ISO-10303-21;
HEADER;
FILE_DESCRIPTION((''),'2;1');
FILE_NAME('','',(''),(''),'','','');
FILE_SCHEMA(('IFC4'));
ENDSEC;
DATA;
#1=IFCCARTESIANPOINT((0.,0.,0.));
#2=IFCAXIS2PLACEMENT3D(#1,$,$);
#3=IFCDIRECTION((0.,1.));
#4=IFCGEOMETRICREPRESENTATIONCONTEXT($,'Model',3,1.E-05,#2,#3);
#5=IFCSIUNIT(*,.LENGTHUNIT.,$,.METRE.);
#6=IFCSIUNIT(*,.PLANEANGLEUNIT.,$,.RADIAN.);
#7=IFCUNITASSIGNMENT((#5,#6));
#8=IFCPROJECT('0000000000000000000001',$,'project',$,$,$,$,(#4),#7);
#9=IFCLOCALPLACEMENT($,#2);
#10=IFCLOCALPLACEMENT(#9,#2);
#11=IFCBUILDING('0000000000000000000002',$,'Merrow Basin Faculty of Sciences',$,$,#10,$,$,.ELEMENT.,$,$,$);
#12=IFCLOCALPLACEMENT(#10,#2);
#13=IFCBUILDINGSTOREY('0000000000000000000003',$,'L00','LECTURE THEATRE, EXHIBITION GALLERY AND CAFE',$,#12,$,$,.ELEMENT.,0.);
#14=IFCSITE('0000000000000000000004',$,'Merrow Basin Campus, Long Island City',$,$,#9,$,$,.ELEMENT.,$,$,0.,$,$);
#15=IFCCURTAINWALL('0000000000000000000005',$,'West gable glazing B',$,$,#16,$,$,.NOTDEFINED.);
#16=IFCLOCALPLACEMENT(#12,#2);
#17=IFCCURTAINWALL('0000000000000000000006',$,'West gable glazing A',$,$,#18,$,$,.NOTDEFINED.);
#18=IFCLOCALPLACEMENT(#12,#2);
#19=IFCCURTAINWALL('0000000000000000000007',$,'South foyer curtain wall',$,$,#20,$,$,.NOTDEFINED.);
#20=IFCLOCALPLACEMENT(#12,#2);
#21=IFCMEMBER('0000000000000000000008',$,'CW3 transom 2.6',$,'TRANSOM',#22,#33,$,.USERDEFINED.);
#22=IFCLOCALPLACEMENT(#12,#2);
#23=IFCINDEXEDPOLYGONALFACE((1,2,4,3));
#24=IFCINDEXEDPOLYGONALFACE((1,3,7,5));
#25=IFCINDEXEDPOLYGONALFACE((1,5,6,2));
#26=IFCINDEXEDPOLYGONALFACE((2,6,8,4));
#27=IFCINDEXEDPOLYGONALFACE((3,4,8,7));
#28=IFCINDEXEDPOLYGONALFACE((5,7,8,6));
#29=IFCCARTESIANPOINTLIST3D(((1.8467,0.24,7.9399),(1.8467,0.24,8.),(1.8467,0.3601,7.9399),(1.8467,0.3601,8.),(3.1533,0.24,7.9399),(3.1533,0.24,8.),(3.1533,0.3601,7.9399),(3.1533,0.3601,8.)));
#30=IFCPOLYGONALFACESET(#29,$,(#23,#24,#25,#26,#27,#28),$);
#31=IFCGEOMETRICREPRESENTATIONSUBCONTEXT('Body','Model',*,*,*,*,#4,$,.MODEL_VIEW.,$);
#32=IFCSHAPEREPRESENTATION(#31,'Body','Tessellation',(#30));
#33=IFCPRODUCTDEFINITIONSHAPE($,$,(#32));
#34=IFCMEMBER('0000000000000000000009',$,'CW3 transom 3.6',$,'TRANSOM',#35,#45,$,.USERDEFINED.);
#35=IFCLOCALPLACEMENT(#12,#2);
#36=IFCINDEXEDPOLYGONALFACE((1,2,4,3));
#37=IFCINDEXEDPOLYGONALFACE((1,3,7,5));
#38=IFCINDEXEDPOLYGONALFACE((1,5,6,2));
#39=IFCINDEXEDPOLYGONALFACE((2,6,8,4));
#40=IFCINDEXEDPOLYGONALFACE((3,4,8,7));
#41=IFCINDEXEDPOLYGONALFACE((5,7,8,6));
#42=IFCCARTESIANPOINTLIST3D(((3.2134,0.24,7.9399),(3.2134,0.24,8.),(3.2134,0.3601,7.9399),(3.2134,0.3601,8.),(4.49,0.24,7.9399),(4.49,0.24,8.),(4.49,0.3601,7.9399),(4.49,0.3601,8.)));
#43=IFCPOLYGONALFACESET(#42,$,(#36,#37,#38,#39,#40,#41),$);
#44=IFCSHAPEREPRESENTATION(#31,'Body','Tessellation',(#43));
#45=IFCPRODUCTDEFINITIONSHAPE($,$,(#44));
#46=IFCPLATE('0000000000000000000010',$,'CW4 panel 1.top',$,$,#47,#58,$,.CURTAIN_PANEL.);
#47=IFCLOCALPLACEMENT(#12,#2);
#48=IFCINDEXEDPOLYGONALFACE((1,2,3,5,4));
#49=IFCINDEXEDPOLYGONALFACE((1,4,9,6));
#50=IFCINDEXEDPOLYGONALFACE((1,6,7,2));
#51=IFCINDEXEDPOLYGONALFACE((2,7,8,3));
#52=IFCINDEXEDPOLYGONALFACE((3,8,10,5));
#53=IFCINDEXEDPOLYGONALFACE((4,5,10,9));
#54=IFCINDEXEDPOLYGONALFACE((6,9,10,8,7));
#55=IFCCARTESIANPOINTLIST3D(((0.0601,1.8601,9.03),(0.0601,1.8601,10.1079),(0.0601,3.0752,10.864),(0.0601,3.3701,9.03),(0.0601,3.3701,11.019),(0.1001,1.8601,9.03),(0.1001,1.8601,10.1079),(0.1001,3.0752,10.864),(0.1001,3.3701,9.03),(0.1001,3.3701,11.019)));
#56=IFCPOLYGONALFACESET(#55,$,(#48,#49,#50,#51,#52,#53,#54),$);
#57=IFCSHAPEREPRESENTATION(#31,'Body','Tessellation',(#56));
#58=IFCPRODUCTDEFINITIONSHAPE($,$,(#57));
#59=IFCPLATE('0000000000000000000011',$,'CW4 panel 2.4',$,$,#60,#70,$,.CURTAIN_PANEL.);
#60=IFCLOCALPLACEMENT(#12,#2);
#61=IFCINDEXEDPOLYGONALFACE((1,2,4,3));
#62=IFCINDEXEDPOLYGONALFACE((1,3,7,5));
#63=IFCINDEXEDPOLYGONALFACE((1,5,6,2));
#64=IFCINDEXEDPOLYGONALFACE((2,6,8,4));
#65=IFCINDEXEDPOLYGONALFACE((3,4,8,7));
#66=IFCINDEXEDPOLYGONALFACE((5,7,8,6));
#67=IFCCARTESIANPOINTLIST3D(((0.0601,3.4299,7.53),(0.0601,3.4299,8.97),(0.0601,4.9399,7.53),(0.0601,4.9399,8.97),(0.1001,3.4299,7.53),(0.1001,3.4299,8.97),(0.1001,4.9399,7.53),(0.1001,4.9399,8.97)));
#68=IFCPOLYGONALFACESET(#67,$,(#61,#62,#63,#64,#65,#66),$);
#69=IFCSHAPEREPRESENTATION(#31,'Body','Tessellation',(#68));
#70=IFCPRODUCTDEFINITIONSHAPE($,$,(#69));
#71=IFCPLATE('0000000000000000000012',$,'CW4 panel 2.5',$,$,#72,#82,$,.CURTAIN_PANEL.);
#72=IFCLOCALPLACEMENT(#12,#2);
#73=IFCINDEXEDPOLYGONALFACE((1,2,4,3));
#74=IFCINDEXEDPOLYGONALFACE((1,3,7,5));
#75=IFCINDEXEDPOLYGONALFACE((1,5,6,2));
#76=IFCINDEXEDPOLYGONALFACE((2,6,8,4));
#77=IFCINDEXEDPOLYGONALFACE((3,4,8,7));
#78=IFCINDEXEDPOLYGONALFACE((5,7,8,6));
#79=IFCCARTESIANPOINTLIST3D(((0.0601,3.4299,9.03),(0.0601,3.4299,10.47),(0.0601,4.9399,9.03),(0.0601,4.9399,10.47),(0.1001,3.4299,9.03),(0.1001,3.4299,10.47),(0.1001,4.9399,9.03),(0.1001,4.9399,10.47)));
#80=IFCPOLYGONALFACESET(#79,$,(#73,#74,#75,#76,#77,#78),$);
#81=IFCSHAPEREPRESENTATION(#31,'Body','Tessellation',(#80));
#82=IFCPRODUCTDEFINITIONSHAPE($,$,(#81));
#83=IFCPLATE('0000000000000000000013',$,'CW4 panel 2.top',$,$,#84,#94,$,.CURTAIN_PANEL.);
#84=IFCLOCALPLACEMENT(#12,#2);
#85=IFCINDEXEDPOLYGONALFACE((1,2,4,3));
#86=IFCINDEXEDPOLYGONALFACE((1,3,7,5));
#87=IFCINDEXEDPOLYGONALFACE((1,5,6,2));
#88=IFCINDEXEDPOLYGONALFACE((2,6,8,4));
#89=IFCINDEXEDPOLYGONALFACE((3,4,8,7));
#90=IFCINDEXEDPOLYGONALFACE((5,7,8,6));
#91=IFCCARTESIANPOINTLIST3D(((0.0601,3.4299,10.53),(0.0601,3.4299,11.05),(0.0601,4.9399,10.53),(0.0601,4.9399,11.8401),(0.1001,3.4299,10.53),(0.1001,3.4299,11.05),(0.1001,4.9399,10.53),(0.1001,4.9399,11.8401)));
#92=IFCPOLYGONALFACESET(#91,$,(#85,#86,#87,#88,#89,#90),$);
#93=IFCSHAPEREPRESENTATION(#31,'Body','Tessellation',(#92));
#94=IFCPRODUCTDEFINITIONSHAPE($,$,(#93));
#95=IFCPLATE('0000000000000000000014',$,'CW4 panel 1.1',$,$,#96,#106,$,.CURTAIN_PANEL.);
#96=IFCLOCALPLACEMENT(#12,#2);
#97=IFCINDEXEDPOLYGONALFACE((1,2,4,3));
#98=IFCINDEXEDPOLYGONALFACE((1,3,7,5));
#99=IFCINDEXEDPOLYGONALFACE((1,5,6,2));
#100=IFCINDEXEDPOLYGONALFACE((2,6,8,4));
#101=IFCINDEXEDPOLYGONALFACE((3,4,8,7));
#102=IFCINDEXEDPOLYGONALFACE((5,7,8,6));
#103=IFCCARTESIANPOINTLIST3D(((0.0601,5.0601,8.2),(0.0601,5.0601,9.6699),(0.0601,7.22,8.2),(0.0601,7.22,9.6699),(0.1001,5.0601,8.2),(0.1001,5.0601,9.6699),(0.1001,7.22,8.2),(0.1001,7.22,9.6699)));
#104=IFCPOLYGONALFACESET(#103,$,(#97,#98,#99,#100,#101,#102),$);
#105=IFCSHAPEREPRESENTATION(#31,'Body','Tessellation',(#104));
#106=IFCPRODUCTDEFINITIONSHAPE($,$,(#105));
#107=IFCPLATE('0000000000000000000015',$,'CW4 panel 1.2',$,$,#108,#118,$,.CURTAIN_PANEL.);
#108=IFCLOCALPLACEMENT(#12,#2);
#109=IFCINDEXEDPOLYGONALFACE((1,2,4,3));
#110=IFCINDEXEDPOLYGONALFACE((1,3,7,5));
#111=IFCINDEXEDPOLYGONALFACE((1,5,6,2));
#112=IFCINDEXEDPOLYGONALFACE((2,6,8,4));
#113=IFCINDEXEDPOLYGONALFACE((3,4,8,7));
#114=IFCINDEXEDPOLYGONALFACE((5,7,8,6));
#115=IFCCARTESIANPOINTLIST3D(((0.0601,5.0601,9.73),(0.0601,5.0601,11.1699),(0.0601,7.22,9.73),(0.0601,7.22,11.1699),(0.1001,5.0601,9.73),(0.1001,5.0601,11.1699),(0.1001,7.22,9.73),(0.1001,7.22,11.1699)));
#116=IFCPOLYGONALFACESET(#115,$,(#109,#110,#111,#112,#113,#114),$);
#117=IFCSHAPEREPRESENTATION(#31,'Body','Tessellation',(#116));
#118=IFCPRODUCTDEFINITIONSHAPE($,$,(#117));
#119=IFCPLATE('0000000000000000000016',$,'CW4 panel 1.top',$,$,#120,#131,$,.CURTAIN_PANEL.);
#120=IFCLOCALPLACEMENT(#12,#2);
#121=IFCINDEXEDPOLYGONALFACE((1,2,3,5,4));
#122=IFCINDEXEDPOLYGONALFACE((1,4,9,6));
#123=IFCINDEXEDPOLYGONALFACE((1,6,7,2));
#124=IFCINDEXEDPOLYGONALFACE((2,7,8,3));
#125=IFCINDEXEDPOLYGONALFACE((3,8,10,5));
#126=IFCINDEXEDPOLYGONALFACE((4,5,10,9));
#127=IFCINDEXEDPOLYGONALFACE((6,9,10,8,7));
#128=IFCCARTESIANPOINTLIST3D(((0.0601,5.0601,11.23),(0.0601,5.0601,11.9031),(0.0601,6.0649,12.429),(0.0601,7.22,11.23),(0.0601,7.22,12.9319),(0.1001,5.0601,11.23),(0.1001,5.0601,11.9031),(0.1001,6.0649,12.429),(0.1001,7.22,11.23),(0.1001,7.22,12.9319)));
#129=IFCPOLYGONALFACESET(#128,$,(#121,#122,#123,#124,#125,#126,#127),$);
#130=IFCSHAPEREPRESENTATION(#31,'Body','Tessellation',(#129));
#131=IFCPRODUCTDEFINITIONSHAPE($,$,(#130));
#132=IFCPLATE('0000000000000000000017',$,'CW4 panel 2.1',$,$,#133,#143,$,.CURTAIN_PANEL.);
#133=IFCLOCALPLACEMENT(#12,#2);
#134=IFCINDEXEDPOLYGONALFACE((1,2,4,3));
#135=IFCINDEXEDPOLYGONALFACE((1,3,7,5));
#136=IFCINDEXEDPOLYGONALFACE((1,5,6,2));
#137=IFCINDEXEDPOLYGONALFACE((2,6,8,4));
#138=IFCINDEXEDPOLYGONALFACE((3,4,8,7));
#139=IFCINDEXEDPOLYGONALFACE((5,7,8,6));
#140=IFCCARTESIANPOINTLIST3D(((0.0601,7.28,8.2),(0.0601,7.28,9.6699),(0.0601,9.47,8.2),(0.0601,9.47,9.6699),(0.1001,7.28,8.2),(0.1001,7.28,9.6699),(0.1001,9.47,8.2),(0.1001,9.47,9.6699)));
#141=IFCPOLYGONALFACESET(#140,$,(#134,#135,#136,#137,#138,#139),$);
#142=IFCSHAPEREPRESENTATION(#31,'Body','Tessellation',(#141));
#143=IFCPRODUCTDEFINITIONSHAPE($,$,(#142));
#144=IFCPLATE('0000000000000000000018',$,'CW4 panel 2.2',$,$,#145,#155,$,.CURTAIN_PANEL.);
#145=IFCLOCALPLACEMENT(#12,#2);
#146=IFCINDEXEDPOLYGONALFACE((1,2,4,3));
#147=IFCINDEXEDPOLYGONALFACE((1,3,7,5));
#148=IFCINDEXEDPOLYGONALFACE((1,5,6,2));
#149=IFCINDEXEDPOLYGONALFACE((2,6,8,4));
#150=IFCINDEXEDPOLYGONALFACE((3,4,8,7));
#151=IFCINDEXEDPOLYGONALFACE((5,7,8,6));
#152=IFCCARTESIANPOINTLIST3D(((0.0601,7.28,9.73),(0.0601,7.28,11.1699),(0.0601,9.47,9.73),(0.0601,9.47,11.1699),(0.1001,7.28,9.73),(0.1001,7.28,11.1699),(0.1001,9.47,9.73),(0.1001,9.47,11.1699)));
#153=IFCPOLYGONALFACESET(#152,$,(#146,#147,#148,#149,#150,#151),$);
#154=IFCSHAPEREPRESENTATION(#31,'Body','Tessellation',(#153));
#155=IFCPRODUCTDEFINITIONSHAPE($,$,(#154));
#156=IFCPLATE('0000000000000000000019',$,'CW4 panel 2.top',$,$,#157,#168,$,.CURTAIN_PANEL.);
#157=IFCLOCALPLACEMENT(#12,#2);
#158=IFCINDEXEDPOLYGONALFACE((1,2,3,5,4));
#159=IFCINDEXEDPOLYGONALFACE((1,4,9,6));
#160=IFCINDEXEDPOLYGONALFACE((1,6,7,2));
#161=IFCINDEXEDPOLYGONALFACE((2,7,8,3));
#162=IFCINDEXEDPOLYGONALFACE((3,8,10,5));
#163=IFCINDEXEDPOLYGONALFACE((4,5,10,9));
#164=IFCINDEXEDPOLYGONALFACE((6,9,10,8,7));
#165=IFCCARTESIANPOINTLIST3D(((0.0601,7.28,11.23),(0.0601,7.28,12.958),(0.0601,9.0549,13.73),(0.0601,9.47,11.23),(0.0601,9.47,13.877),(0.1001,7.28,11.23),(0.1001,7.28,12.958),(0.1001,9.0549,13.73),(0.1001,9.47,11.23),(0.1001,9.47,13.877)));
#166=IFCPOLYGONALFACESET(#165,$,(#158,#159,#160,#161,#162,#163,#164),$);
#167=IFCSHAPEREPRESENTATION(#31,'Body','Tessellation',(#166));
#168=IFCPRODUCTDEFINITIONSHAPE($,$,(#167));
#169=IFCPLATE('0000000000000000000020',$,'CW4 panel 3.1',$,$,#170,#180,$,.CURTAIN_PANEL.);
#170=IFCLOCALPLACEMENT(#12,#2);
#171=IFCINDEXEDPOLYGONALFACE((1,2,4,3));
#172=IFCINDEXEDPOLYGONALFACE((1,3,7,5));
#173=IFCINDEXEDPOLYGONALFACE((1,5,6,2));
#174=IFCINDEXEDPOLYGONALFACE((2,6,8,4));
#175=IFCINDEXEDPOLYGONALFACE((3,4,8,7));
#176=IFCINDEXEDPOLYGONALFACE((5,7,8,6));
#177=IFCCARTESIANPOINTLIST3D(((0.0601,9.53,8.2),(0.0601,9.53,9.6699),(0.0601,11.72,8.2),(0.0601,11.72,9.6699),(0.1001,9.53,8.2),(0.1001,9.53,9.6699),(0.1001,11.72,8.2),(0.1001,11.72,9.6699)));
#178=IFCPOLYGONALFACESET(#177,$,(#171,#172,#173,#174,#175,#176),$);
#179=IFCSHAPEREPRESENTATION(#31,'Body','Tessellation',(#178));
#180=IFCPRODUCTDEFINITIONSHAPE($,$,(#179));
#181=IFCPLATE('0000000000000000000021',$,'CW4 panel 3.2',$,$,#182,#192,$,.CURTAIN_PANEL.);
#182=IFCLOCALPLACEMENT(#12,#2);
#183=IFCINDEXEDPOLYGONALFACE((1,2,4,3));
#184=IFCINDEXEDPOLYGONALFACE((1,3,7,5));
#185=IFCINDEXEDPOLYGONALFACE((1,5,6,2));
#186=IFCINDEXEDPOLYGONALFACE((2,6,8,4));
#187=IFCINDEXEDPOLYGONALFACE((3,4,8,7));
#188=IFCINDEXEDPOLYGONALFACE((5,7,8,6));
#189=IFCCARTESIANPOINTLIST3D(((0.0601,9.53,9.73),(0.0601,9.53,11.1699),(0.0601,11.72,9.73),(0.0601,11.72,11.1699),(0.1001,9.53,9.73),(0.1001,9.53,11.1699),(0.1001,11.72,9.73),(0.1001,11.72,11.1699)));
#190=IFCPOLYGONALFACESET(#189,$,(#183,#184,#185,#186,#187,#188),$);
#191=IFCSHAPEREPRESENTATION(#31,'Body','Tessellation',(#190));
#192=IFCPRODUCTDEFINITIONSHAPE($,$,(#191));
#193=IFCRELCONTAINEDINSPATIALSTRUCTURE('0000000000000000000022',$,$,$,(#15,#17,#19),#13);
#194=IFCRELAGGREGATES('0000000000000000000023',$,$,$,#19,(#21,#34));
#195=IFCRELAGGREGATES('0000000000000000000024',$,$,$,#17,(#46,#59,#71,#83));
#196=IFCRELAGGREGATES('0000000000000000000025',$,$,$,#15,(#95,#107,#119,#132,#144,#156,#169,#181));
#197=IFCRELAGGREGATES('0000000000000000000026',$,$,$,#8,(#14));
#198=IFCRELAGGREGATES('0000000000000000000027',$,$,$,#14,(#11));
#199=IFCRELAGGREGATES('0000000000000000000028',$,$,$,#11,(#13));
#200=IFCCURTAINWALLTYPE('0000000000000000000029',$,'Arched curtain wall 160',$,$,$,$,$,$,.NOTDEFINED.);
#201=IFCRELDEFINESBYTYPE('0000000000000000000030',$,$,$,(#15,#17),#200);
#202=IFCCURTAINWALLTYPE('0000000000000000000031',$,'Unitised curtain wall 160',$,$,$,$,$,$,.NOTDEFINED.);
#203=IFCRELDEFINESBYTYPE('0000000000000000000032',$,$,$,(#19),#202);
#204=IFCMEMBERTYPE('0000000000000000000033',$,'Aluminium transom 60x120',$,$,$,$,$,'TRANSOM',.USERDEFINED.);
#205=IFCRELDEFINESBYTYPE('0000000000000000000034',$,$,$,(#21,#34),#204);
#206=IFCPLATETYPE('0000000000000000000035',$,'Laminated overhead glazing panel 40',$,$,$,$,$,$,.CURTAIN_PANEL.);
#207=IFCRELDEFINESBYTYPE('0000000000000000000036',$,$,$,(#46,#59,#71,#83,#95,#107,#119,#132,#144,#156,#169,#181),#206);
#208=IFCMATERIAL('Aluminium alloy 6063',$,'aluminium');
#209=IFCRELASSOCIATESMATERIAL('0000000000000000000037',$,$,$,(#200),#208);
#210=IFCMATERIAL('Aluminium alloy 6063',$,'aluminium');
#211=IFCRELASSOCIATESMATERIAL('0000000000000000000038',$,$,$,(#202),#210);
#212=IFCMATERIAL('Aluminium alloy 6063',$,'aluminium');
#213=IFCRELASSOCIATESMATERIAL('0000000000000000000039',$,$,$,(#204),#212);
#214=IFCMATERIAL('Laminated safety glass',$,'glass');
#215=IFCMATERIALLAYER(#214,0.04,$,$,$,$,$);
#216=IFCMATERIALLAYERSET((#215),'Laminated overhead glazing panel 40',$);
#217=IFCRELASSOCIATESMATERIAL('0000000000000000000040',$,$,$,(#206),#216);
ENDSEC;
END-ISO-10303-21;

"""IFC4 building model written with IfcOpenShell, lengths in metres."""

from ifc_helpers import new_model, si_unit, direction, frame, origin, origin_2d, place, context, subcontext, project, spatial, polyline, rectangle, outline, extrude, material, layer, layer_set, material_profile, profile_set, type_object, element, aggregate, save


model = new_model("IFC4")

# Units and contexts
model_context = context("Model", 3, precision=1e-05, world=origin(), true_north=direction((0.0, 1.0)))
body_context = subcontext(model_context, "Body", "Model", "MODEL_VIEW")
ifc_project = project(units=[si_unit("LENGTHUNIT", "METRE"), si_unit("PLANEANGLEUNIT", "RADIAN")], contexts=[model_context])

# Site, building, storey
site_placement = place(None, origin())
site = spatial("IfcSite", under=ifc_project, at=site_placement, Name="Merrow Basin Campus, Long Island City", CompositionType="ELEMENT", RefElevation=0.0)
building_placement = place(site_placement, origin())
building = spatial("IfcBuilding", under=site, at=building_placement, Name="Merrow Basin Faculty of Sciences", CompositionType="ELEMENT")
storey_placement = place(building_placement, origin())
storey = spatial("IfcBuildingStorey", under=building, at=storey_placement, Name="L00", Description="LECTURE THEATRE, EXHIBITION GALLERY AND CAFE", CompositionType="ELEMENT", Elevation=0.0)

# Curtain walls
ifc_material_1 = material(Name="Aluminium alloy 6063", Category="aluminium")
curtain_wall_type_1 = type_object("IfcCurtainWallType", Name="Arched curtain wall 160", PredefinedType="NOTDEFINED", material=ifc_material_1)
curtain_wall_1_placement = place(storey_placement, origin())
curtain_wall_1 = element("IfcCurtainWall", 1, at=curtain_wall_1_placement, inside=storey, type_object=curtain_wall_type_1, Name="West gable glazing B", PredefinedType="NOTDEFINED")
curtain_wall_2_placement = place(storey_placement, origin())
curtain_wall_2 = element("IfcCurtainWall", 2, at=curtain_wall_2_placement, inside=storey, type_object=curtain_wall_type_1, Name="West gable glazing A", PredefinedType="NOTDEFINED")

# Curtain wall, members
ifc_material_2 = material(Name="Aluminium alloy 6063", Category="aluminium")
curtain_wall_type_2 = type_object("IfcCurtainWallType", Name="Unitised curtain wall 160", PredefinedType="NOTDEFINED", material=ifc_material_2)
curtain_wall_3_placement = place(storey_placement, origin())
curtain_wall_3 = element("IfcCurtainWall", 3, at=curtain_wall_3_placement, inside=storey, type_object=curtain_wall_type_2, Name="South foyer curtain wall", PredefinedType="NOTDEFINED")
ifc_material_3 = material(Name="Aluminium alloy 6063", Category="aluminium")
ifc_material_profile_1 = material_profile(ifc_material_3, rectangle(XDim=0.1201, YDim=0.0601, at=origin_2d()))
ifc_profile_set_1 = profile_set([ifc_material_profile_1], Name="Aluminium alloy 6063")
member_type_1 = type_object("IfcMemberType", Name="Aluminium transom 60x120", ElementType="TRANSOM", PredefinedType="USERDEFINED", material=ifc_profile_set_1)
member_1_placement = place(storey_placement, frame((1.8467, 0.3, 7.97), z_axis=(1.0, 0.0, 0.0), x_axis=(0.0, 1.0, 0.0)))
member_1 = element("IfcMember", 4, at=member_1_placement, type_object=member_type_1, Name="CW3 transom 2.6", ObjectType="TRANSOM", PredefinedType="USERDEFINED", context=body_context, shape_type="SweptSolid", body=[
    extrude(rectangle(XDim=0.1201, YDim=0.0601, at=origin_2d()), origin(), (0.0, 0.0, 1.0), 1.3066),
])
member_2_placement = place(storey_placement, frame((3.2134, 0.3, 7.97), z_axis=(1.0, 0.0, 0.0), x_axis=(0.0, 1.0, 0.0)))
member_2 = element("IfcMember", 5, at=member_2_placement, type_object=member_type_1, Name="CW3 transom 3.6", ObjectType="TRANSOM", PredefinedType="USERDEFINED", context=body_context, shape_type="SweptSolid", body=[
    extrude(rectangle(XDim=0.1201, YDim=0.0601, at=origin_2d()), origin(), (0.0, 0.0, 1.0), 1.2766),
])
aggregate(curtain_wall_3, [member_1, member_2])

# Plates
ifc_material_4 = material(Name="Laminated safety glass", Category="glass")
ifc_layer = layer(ifc_material_4, 0.04)
ifc_layer_set = layer_set([ifc_layer], Name="Laminated overhead glazing panel 40")
plate_type = type_object("IfcPlateType", Name="Laminated overhead glazing panel 40", PredefinedType="CURTAIN_PANEL", material=ifc_layer_set)
plate_1_placement = place(storey_placement, frame((0.0601, 1.8601, 9.03), z_axis=(1.0, 0.0, 0.0), x_axis=(0.0, 1.0, 0.0)))
plate_1 = element("IfcPlate", 6, at=plate_1_placement, type_object=plate_type, Name="CW4 panel 1.top", PredefinedType="CURTAIN_PANEL", context=body_context, shape_type="SweptSolid", body=[
    extrude(outline(polyline([(0.0, 0.0), (1.51, 0.0), (1.51, 1.989), (1.2151, 1.834), (0.0, 1.0779), (0.0, 0.0)])), origin(), (0.0, 0.0, 1.0), 0.04),
])
plate_2_placement = place(storey_placement, frame((0.0601, 3.4299, 7.53), z_axis=(1.0, 0.0, 0.0), x_axis=(0.0, 1.0, 0.0)))
plate_2 = element("IfcPlate", 7, at=plate_2_placement, type_object=plate_type, Name="CW4 panel 2.4", PredefinedType="CURTAIN_PANEL", context=body_context, shape_type="SweptSolid", body=[
    extrude(outline(polyline([(0.0, 0.0), (1.51, 0.0), (1.51, 1.4399), (0.0, 1.4399), (0.0, 0.0)])), origin(), (0.0, 0.0, 1.0), 0.04),
])
plate_3_placement = place(storey_placement, frame((0.0601, 3.4299, 9.03), z_axis=(1.0, 0.0, 0.0), x_axis=(0.0, 1.0, 0.0)))
plate_3 = element("IfcPlate", 8, at=plate_3_placement, type_object=plate_type, Name="CW4 panel 2.5", PredefinedType="CURTAIN_PANEL", context=body_context, shape_type="SweptSolid", body=[
    extrude(outline(polyline([(0.0, 0.0), (1.51, 0.0), (1.51, 1.4399), (0.0, 1.4399), (0.0, 0.0)])), origin(), (0.0, 0.0, 1.0), 0.04),
])
plate_4_placement = place(storey_placement, frame((0.0601, 3.4299, 10.53), z_axis=(1.0, 0.0, 0.0), x_axis=(0.0, 1.0, 0.0)))
plate_4 = element("IfcPlate", 9, at=plate_4_placement, type_object=plate_type, Name="CW4 panel 2.top", PredefinedType="CURTAIN_PANEL", context=body_context, shape_type="SweptSolid", body=[
    extrude(outline(polyline([(0.0, 0.0), (1.51, 0.0), (1.51, 1.3101), (0.0, 0.52), (0.0, 0.0)])), origin(), (0.0, 0.0, 1.0), 0.04),
])
aggregate(curtain_wall_2, [plate_1, plate_2, plate_3, plate_4])
plate_5_placement = place(storey_placement, frame((0.0601, 5.0601, 8.2), z_axis=(1.0, 0.0, 0.0), x_axis=(0.0, 1.0, 0.0)))
plate_5 = element("IfcPlate", 10, at=plate_5_placement, type_object=plate_type, Name="CW4 panel 1.1", PredefinedType="CURTAIN_PANEL", context=body_context, shape_type="SweptSolid", body=[
    extrude(outline(polyline([(0.0, 0.0), (2.1599, 0.0), (2.1599, 1.47), (0.0, 1.47), (0.0, 0.0)])), origin(), (0.0, 0.0, 1.0), 0.04),
])
plate_6_placement = place(storey_placement, frame((0.0601, 5.0601, 9.73), z_axis=(1.0, 0.0, 0.0), x_axis=(0.0, 1.0, 0.0)))
plate_6 = element("IfcPlate", 11, at=plate_6_placement, type_object=plate_type, Name="CW4 panel 1.2", PredefinedType="CURTAIN_PANEL", context=body_context, shape_type="SweptSolid", body=[
    extrude(outline(polyline([(0.0, 0.0), (2.1599, 0.0), (2.1599, 1.4399), (0.0, 1.4399), (0.0, 0.0)])), origin(), (0.0, 0.0, 1.0), 0.04),
])
plate_7_placement = place(storey_placement, frame((0.0601, 5.0601, 11.23), z_axis=(1.0, 0.0, 0.0), x_axis=(0.0, 1.0, 0.0)))
plate_7 = element("IfcPlate", 12, at=plate_7_placement, type_object=plate_type, Name="CW4 panel 1.top", PredefinedType="CURTAIN_PANEL", context=body_context, shape_type="SweptSolid", body=[
    extrude(outline(polyline([(0.0, 0.0), (2.1599, 0.0), (2.1599, 1.7019), (1.0049, 1.199), (0.0, 0.6731), (0.0, 0.0)])), origin(), (0.0, 0.0, 1.0), 0.04),
])
plate_8_placement = place(storey_placement, frame((0.0601, 7.28, 8.2), z_axis=(1.0, 0.0, 0.0), x_axis=(0.0, 1.0, 0.0)))
plate_8 = element("IfcPlate", 13, at=plate_8_placement, type_object=plate_type, Name="CW4 panel 2.1", PredefinedType="CURTAIN_PANEL", context=body_context, shape_type="SweptSolid", body=[
    extrude(outline(polyline([(0.0, 0.0), (2.1899, 0.0), (2.1899, 1.47), (0.0, 1.47), (0.0, 0.0)])), origin(), (0.0, 0.0, 1.0), 0.04),
])
plate_9_placement = place(storey_placement, frame((0.0601, 7.28, 9.73), z_axis=(1.0, 0.0, 0.0), x_axis=(0.0, 1.0, 0.0)))
plate_9 = element("IfcPlate", 14, at=plate_9_placement, type_object=plate_type, Name="CW4 panel 2.2", PredefinedType="CURTAIN_PANEL", context=body_context, shape_type="SweptSolid", body=[
    extrude(outline(polyline([(0.0, 0.0), (2.1899, 0.0), (2.1899, 1.4399), (0.0, 1.4399), (0.0, 0.0)])), origin(), (0.0, 0.0, 1.0), 0.04),
])
plate_10_placement = place(storey_placement, frame((0.0601, 7.28, 11.23), z_axis=(1.0, 0.0, 0.0), x_axis=(0.0, 1.0, 0.0)))
plate_10 = element("IfcPlate", 15, at=plate_10_placement, type_object=plate_type, Name="CW4 panel 2.top", PredefinedType="CURTAIN_PANEL", context=body_context, shape_type="SweptSolid", body=[
    extrude(outline(polyline([(0.0, 0.0), (2.1899, 0.0), (2.1899, 2.647), (1.7749, 2.5), (0.0, 1.728), (0.0, 0.0)])), origin(), (0.0, 0.0, 1.0), 0.04),
])
plate_11_placement = place(storey_placement, frame((0.0601, 9.53, 8.2), z_axis=(1.0, 0.0, 0.0), x_axis=(0.0, 1.0, 0.0)))
plate_11 = element("IfcPlate", 16, at=plate_11_placement, type_object=plate_type, Name="CW4 panel 3.1", PredefinedType="CURTAIN_PANEL", context=body_context, shape_type="SweptSolid", body=[
    extrude(outline(polyline([(0.0, 0.0), (2.1899, 0.0), (2.1899, 1.47), (0.0, 1.47), (0.0, 0.0)])), origin(), (0.0, 0.0, 1.0), 0.04),
])
plate_12_placement = place(storey_placement, frame((0.0601, 9.53, 9.73), z_axis=(1.0, 0.0, 0.0), x_axis=(0.0, 1.0, 0.0)))
plate_12 = element("IfcPlate", 17, at=plate_12_placement, type_object=plate_type, Name="CW4 panel 3.2", PredefinedType="CURTAIN_PANEL", context=body_context, shape_type="SweptSolid", body=[
    extrude(outline(polyline([(0.0, 0.0), (2.1899, 0.0), (2.1899, 1.4399), (0.0, 1.4399), (0.0, 0.0)])), origin(), (0.0, 0.0, 1.0), 0.04),
])
aggregate(curtain_wall_1, [plate_5, plate_6, plate_7, plate_8, plate_9, plate_10, plate_11, plate_12])

save(model, "model.ifc")
